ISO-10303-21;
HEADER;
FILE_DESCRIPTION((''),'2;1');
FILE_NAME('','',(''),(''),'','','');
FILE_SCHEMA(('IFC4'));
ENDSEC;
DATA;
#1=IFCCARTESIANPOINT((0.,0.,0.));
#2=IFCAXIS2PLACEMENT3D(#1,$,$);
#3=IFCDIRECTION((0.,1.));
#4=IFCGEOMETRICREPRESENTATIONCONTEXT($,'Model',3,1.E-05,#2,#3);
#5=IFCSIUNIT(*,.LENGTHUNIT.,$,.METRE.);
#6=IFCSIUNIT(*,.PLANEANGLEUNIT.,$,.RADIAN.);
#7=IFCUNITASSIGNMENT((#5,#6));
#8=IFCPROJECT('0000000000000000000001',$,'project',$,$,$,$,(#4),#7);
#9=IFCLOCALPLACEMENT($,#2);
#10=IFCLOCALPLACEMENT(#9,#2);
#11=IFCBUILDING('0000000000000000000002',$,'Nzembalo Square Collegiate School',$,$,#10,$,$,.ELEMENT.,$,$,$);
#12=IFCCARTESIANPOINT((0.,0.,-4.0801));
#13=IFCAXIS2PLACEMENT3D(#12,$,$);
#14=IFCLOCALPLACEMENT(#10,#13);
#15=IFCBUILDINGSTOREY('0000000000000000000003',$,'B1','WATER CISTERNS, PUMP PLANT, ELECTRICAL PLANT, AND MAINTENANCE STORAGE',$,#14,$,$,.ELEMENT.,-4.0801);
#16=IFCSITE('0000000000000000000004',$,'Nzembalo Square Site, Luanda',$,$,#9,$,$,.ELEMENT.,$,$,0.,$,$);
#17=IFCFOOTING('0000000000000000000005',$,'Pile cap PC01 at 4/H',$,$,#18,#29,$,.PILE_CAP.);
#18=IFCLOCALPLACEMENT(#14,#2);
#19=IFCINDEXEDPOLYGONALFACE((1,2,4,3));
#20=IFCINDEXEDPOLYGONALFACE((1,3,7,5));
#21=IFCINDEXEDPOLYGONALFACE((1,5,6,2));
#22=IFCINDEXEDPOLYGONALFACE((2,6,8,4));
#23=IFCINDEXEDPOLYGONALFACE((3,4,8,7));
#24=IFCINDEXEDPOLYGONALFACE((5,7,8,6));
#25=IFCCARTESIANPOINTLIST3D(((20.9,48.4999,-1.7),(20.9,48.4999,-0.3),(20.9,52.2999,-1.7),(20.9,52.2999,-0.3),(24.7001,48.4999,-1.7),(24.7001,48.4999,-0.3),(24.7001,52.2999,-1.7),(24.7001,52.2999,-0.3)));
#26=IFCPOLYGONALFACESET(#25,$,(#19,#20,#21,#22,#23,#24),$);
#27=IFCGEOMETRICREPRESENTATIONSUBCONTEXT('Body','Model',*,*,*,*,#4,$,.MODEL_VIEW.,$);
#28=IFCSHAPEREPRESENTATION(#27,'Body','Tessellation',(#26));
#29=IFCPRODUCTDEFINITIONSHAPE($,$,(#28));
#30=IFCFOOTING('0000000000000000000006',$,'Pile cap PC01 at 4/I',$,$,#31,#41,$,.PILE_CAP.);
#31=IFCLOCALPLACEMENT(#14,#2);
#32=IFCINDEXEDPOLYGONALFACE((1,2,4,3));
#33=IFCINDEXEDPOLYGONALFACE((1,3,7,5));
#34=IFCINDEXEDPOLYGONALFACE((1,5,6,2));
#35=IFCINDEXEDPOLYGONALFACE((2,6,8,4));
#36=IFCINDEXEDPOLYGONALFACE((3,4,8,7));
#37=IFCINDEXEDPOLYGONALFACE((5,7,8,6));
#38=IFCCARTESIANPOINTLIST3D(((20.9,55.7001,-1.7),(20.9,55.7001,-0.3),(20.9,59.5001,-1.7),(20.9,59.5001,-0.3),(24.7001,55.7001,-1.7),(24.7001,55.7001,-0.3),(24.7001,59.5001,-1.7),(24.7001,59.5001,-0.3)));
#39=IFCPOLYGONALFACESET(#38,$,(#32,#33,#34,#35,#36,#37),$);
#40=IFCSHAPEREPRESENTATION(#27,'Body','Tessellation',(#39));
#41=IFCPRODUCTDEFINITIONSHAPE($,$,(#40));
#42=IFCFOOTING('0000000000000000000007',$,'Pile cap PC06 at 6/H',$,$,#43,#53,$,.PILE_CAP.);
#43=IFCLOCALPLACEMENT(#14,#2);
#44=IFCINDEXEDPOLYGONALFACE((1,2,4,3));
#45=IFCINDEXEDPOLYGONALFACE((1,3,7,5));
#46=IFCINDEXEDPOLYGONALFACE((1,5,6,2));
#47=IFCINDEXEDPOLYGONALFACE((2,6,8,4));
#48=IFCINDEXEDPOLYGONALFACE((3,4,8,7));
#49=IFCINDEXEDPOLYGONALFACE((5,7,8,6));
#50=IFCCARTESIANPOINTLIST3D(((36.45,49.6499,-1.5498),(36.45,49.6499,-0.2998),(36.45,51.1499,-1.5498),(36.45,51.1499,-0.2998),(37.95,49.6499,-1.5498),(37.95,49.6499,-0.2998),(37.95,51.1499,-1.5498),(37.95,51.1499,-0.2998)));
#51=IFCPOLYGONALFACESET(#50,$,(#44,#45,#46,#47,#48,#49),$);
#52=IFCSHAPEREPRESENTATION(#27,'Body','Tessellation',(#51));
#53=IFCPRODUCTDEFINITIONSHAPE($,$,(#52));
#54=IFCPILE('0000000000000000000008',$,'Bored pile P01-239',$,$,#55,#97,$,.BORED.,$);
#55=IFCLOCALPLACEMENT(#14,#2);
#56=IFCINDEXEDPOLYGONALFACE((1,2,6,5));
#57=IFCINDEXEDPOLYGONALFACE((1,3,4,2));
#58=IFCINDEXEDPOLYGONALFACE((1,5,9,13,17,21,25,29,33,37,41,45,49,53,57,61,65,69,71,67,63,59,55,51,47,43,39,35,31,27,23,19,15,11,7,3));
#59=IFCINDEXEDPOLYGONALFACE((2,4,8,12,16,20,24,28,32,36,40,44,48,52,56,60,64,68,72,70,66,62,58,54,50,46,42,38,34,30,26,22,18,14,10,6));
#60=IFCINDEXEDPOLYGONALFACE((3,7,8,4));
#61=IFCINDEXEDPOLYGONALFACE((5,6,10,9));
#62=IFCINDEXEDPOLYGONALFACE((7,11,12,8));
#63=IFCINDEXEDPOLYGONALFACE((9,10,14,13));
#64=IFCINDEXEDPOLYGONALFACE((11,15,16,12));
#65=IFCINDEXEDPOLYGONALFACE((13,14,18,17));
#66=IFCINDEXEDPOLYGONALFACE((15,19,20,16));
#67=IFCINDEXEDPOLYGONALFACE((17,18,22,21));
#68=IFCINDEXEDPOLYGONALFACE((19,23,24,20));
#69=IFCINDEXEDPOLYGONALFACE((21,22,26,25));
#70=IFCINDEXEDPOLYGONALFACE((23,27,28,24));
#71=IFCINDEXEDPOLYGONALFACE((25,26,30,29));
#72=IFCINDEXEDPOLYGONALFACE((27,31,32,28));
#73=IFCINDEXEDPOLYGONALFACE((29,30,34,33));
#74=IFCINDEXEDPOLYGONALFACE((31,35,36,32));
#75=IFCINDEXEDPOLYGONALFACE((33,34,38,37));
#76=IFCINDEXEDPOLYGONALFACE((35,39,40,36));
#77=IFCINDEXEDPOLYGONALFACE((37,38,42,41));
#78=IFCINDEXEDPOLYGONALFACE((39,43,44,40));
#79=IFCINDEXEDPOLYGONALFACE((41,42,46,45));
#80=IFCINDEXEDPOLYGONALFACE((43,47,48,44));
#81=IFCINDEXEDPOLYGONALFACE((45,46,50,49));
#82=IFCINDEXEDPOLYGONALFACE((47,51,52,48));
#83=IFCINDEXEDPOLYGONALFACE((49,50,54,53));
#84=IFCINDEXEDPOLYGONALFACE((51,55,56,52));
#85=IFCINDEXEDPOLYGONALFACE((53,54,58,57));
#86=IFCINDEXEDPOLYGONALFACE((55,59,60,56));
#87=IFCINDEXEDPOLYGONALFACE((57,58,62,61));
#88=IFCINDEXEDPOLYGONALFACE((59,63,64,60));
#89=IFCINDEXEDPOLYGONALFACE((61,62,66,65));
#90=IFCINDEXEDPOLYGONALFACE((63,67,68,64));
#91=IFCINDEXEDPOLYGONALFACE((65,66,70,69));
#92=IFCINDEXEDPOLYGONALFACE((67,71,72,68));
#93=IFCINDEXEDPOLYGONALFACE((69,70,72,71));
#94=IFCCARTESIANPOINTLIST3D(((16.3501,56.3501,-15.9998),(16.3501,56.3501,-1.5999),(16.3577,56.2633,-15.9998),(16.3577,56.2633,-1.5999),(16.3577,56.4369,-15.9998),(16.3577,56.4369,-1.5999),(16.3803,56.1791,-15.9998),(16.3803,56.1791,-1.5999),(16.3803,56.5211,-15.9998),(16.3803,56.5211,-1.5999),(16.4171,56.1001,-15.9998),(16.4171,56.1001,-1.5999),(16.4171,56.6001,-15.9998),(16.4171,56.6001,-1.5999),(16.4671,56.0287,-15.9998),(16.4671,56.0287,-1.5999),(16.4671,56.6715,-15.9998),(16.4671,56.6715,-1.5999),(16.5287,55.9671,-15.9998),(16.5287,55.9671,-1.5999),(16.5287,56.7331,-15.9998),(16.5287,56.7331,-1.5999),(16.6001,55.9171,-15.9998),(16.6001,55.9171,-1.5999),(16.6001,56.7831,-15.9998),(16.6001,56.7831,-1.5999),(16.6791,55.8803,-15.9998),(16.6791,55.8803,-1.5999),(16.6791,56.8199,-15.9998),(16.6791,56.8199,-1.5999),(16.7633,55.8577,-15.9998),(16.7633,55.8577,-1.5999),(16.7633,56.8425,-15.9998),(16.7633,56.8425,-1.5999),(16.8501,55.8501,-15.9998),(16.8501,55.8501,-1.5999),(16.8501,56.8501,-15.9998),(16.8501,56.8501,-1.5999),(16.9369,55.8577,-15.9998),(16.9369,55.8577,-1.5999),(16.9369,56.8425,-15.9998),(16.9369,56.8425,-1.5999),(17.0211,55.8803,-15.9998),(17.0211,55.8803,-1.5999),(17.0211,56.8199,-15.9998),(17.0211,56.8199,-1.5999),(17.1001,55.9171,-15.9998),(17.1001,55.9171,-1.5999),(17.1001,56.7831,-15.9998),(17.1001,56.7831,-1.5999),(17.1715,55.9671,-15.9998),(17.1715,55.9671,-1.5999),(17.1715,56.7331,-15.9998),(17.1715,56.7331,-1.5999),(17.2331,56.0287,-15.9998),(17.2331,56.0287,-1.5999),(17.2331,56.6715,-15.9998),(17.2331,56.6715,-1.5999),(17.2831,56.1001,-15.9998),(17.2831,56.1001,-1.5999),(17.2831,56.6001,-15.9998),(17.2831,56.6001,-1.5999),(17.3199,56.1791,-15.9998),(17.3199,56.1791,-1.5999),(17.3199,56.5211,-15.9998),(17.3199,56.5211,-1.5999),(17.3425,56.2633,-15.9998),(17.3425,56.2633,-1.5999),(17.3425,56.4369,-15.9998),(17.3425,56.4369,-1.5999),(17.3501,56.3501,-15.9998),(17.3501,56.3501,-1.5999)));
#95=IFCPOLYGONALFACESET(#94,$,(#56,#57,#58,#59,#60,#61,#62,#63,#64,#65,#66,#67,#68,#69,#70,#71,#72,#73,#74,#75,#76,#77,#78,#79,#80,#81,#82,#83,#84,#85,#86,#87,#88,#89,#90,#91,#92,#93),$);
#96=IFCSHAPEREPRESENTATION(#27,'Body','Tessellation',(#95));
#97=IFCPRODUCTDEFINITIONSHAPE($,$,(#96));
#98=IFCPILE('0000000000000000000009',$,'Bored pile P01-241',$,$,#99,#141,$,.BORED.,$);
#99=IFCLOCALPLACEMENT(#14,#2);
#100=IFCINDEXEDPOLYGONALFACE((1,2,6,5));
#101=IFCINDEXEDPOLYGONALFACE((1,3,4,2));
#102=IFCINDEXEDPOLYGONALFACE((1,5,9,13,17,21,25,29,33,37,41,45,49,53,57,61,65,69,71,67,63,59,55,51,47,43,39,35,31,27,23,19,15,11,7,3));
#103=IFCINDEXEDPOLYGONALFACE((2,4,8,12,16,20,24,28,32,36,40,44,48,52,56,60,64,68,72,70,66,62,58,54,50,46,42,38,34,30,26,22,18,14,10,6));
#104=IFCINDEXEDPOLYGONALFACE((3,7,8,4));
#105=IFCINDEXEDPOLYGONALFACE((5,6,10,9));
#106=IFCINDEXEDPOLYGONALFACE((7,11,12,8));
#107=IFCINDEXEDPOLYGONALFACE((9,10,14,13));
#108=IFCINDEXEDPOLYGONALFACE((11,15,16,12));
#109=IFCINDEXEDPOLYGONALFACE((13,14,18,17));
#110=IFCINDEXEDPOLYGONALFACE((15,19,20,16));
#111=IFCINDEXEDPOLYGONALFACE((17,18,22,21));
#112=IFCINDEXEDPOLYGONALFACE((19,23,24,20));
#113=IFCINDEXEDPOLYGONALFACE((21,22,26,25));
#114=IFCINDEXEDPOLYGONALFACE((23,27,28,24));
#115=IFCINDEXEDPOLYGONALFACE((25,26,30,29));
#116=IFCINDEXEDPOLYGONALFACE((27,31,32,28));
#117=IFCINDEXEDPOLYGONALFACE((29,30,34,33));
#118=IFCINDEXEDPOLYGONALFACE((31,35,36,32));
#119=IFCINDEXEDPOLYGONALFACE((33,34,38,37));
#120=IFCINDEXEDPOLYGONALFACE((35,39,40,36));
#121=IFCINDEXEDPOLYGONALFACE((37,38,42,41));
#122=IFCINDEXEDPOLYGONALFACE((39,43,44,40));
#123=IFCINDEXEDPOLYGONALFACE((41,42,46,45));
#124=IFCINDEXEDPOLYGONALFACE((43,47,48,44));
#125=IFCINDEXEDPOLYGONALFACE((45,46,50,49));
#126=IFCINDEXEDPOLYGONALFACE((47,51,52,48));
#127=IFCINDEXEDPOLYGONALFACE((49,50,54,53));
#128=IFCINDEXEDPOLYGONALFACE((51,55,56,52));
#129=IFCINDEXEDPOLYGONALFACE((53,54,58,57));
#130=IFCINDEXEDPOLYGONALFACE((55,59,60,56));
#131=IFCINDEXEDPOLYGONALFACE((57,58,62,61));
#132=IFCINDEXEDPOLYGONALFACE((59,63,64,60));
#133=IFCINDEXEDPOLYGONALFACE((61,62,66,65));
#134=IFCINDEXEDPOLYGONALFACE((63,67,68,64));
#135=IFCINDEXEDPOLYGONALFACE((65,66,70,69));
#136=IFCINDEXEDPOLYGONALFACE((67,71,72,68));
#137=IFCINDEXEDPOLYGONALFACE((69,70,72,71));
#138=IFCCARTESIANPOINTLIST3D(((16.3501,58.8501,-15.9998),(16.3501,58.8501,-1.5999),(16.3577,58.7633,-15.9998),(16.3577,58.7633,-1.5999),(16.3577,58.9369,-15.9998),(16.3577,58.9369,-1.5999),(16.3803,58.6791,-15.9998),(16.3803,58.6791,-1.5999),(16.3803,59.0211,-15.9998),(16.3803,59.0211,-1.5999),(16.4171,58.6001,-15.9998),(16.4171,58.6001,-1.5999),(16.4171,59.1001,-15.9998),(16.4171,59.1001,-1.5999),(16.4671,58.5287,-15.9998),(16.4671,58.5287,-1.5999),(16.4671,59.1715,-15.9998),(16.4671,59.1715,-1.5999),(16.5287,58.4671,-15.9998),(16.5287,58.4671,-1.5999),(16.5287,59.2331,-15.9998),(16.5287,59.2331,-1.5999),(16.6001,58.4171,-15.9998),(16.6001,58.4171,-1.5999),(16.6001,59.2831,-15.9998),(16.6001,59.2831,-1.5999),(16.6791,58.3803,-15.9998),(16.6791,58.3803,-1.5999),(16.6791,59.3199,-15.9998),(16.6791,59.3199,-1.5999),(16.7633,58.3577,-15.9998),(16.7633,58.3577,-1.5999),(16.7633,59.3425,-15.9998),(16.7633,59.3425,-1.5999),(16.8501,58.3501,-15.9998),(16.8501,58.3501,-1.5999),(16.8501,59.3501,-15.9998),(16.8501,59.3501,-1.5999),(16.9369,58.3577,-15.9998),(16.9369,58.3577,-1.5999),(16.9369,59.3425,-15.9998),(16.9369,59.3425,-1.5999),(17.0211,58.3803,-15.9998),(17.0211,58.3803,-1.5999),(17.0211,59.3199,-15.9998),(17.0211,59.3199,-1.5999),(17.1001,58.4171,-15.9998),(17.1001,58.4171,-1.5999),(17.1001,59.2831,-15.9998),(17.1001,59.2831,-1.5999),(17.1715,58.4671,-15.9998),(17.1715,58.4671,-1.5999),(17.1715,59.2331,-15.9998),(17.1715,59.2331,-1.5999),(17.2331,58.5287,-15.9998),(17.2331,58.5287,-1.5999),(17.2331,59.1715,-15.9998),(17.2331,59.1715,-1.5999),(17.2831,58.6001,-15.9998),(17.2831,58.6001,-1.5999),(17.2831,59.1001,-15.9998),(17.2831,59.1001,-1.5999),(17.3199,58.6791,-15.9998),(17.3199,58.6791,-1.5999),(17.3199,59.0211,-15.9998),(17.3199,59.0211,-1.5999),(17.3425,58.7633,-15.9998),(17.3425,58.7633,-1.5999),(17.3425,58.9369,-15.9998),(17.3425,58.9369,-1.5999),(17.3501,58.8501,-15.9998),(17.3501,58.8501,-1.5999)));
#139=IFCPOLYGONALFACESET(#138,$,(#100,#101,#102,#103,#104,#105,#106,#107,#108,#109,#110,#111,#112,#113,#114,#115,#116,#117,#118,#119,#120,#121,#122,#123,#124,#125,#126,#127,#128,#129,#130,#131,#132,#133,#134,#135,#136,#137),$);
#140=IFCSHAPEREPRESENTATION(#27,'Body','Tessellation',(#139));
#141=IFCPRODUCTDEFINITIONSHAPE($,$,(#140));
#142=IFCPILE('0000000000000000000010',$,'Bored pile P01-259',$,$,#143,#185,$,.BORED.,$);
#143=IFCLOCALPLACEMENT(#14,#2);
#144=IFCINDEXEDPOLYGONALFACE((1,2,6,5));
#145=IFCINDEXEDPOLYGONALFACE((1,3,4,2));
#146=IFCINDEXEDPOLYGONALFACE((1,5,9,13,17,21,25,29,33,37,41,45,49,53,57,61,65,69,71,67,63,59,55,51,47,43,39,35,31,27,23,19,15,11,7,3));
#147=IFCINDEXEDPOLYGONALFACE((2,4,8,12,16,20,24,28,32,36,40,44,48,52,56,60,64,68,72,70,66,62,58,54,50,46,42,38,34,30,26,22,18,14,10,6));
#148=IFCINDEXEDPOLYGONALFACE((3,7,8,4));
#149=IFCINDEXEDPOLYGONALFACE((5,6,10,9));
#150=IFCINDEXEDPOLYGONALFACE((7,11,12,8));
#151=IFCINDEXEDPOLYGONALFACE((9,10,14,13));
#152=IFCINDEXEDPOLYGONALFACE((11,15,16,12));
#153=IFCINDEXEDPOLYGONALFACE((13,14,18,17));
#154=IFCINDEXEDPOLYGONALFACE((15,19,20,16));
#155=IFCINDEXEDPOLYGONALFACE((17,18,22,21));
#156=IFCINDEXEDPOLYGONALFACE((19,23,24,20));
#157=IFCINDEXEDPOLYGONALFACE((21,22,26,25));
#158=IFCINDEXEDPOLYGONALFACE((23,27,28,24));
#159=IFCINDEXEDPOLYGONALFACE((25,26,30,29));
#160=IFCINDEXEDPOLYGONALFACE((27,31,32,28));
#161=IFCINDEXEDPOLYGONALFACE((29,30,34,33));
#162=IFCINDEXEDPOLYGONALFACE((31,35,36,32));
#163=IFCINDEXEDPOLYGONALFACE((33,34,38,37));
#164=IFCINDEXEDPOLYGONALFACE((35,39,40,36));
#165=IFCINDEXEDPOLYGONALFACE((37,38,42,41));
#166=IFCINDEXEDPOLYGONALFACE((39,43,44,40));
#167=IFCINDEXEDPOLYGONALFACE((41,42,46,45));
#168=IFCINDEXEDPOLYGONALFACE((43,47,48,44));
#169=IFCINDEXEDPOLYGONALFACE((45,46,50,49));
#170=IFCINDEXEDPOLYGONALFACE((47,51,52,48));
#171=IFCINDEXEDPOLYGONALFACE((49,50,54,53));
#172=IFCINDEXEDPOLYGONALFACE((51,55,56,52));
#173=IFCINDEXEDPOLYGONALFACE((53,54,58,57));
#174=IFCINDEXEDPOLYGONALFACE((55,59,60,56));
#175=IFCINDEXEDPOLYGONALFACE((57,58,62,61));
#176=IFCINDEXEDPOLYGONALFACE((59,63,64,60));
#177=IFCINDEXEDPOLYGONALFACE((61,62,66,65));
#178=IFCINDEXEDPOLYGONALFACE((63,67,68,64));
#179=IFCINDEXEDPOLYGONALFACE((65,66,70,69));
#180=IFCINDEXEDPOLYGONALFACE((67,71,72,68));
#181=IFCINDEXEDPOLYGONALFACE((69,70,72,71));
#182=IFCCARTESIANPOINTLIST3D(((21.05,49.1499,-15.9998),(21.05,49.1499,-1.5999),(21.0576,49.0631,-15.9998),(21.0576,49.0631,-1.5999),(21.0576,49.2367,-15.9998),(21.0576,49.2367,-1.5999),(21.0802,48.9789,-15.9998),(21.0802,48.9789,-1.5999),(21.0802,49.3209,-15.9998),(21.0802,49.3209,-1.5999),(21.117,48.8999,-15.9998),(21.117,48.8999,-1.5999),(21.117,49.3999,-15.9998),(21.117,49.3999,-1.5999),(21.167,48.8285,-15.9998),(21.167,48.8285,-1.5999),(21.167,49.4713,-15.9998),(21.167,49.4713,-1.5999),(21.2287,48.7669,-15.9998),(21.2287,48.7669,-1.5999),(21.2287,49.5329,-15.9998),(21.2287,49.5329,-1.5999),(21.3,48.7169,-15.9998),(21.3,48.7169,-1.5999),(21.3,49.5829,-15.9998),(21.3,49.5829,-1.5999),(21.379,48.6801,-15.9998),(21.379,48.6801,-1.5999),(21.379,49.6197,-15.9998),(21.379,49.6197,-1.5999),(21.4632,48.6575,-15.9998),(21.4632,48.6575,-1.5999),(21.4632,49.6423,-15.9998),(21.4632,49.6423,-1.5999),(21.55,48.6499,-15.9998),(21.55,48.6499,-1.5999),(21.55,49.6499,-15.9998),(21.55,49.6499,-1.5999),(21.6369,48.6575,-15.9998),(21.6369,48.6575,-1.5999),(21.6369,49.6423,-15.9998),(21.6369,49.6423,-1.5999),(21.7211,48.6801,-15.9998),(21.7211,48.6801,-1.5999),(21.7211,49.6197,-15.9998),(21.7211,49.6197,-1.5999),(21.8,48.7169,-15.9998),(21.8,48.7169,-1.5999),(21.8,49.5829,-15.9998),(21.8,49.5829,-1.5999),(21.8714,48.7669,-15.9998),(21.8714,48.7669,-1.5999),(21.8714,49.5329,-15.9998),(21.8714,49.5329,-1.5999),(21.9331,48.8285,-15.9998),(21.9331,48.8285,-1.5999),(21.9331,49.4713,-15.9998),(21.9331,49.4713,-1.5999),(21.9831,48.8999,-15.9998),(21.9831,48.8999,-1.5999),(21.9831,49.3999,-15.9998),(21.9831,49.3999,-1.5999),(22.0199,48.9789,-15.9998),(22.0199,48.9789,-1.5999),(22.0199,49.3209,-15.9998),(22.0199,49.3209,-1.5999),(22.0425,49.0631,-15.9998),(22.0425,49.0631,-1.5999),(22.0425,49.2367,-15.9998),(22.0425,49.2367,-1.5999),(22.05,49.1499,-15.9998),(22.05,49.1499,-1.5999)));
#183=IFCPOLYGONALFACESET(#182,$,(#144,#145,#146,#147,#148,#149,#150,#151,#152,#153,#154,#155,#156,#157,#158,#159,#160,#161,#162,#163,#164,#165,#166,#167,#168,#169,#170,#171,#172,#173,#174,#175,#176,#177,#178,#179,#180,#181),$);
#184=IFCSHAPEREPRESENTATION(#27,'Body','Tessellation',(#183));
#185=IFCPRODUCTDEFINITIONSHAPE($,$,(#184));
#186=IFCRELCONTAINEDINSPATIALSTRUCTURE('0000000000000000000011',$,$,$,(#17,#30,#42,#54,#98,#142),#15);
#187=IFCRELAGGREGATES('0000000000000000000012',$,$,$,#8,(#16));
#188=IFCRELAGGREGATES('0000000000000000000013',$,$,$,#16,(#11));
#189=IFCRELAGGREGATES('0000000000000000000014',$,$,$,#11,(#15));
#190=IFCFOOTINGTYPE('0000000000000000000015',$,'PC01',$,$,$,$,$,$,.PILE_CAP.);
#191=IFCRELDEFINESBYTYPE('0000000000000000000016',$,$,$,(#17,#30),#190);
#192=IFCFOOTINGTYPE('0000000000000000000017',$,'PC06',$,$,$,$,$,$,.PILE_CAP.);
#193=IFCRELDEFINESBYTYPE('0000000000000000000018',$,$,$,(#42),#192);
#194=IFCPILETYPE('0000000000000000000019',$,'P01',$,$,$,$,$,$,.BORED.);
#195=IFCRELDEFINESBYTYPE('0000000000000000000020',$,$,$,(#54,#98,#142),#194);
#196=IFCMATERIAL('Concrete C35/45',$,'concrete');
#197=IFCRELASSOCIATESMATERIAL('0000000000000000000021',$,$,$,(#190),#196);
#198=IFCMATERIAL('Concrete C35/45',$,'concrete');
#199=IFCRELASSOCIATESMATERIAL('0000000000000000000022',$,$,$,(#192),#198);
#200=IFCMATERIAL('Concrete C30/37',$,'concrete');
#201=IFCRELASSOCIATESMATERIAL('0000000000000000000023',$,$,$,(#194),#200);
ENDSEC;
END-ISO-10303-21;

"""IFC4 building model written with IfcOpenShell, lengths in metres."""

from ifc_helpers import new_model, si_unit, direction, frame, origin, origin_2d, place, context, subcontext, project, spatial, rectangle, circle, extrude, material, material_profile, profile_set, type_object, element, save


model = new_model("IFC4")

# Units and contexts
model_context = context("Model", 3, precision=1e-05, world=origin(), true_north=direction((0.0, 1.0)))
body_context = subcontext(model_context, "Body", "Model", "MODEL_VIEW")
ifc_project = project(units=[si_unit("LENGTHUNIT", "METRE"), si_unit("PLANEANGLEUNIT", "RADIAN")], contexts=[model_context])

# Site, building, storey
site_placement = place(None, origin())
site = spatial("IfcSite", under=ifc_project, at=site_placement, Name="Nzembalo Square Site, Luanda", CompositionType="ELEMENT", RefElevation=0.0)
building_placement = place(site_placement, origin())
building = spatial("IfcBuilding", under=site, at=building_placement, Name="Nzembalo Square Collegiate School", CompositionType="ELEMENT")
storey_placement = place(building_placement, frame((0.0, 0.0, -4.0801)))
storey = spatial("IfcBuildingStorey", under=building, at=storey_placement, Name="B1", Description="WATER CISTERNS, PUMP PLANT, ELECTRICAL PLANT, AND MAINTENANCE STORAGE", CompositionType="ELEMENT", Elevation=-4.0801)

# Footings
ifc_material_1 = material(Name="Concrete C35/45", Category="concrete")
footing_type_1 = type_object("IfcFootingType", Name="PC01", PredefinedType="PILE_CAP", material=ifc_material_1)
for number, where, z_axis, x_axis, name in (
    (1, (22.8, 50.3999, -1.7), (0.0, 0.0, 1.0), (1.0, 0.0, 0.0), "Pile cap PC01 at 4/H"),
    (2, (22.8, 57.6001, -1.7), (0.0, 0.0, 1.0), (1.0, 0.0, 0.0), "Pile cap PC01 at 4/I"),
):
    element("IfcFooting", number, at=place(storey_placement, frame(where, z_axis=z_axis, x_axis=x_axis)), inside=storey, type_object=footing_type_1, Name=name, PredefinedType="PILE_CAP", context=body_context, shape_type="SweptSolid", body=[
        extrude(rectangle(XDim=3.8, YDim=3.8, at=origin_2d()), origin(), (0.0, 0.0, 1.0), 1.3999),
    ])
ifc_material_2 = material(Name="Concrete C35/45", Category="concrete")
footing_type_2 = type_object("IfcFootingType", Name="PC06", PredefinedType="PILE_CAP", material=ifc_material_2)
footing_placement = place(storey_placement, frame((37.2, 50.3999, -1.5498), z_axis=(0.0, 0.0, 1.0), x_axis=(1.0, 0.0, 0.0)))
element("IfcFooting", 3, at=footing_placement, inside=storey, type_object=footing_type_2, Name="Pile cap PC06 at 6/H", PredefinedType="PILE_CAP", context=body_context, shape_type="SweptSolid", body=[
    extrude(rectangle(XDim=1.5, YDim=1.5, at=origin_2d()), origin(), (0.0, 0.0, 1.0), 1.25),
])

# Piles
ifc_material_3 = material(Name="Concrete C30/37", Category="concrete")
ifc_material_profile_1 = material_profile(ifc_material_3, circle(Radius=0.5, at=origin_2d()), Name="PILE D1000")
ifc_profile_set_1 = profile_set([ifc_material_profile_1], Name="Concrete C30/37")
pile_type_1 = type_object("IfcPileType", Name="P01", PredefinedType="BORED", material=ifc_profile_set_1)
for number, where, z_axis, x_axis, name in (
    (4, (16.8501, 56.3501, -1.5999), (0.0, 0.0, -1.0), (1.0, 0.0, 0.0), "Bored pile P01-239"),
    (5, (16.8501, 58.8501, -1.5999), (0.0, 0.0, -1.0), (1.0, 0.0, 0.0), "Bored pile P01-241"),
    (6, (21.55, 49.1499, -1.5999), (0.0, 0.0, -1.0), (1.0, 0.0, 0.0), "Bored pile P01-259"),
):
    element("IfcPile", number, at=place(storey_placement, frame(where, z_axis=z_axis, x_axis=x_axis)), inside=storey, type_object=pile_type_1, Name=name, PredefinedType="BORED", context=body_context, shape_type="SweptSolid", body=[
        extrude(circle(Radius=0.5, at=origin_2d()), origin(), (0.0, 0.0, 1.0), 14.3999),
    ])

save(model, "model.ifc")
